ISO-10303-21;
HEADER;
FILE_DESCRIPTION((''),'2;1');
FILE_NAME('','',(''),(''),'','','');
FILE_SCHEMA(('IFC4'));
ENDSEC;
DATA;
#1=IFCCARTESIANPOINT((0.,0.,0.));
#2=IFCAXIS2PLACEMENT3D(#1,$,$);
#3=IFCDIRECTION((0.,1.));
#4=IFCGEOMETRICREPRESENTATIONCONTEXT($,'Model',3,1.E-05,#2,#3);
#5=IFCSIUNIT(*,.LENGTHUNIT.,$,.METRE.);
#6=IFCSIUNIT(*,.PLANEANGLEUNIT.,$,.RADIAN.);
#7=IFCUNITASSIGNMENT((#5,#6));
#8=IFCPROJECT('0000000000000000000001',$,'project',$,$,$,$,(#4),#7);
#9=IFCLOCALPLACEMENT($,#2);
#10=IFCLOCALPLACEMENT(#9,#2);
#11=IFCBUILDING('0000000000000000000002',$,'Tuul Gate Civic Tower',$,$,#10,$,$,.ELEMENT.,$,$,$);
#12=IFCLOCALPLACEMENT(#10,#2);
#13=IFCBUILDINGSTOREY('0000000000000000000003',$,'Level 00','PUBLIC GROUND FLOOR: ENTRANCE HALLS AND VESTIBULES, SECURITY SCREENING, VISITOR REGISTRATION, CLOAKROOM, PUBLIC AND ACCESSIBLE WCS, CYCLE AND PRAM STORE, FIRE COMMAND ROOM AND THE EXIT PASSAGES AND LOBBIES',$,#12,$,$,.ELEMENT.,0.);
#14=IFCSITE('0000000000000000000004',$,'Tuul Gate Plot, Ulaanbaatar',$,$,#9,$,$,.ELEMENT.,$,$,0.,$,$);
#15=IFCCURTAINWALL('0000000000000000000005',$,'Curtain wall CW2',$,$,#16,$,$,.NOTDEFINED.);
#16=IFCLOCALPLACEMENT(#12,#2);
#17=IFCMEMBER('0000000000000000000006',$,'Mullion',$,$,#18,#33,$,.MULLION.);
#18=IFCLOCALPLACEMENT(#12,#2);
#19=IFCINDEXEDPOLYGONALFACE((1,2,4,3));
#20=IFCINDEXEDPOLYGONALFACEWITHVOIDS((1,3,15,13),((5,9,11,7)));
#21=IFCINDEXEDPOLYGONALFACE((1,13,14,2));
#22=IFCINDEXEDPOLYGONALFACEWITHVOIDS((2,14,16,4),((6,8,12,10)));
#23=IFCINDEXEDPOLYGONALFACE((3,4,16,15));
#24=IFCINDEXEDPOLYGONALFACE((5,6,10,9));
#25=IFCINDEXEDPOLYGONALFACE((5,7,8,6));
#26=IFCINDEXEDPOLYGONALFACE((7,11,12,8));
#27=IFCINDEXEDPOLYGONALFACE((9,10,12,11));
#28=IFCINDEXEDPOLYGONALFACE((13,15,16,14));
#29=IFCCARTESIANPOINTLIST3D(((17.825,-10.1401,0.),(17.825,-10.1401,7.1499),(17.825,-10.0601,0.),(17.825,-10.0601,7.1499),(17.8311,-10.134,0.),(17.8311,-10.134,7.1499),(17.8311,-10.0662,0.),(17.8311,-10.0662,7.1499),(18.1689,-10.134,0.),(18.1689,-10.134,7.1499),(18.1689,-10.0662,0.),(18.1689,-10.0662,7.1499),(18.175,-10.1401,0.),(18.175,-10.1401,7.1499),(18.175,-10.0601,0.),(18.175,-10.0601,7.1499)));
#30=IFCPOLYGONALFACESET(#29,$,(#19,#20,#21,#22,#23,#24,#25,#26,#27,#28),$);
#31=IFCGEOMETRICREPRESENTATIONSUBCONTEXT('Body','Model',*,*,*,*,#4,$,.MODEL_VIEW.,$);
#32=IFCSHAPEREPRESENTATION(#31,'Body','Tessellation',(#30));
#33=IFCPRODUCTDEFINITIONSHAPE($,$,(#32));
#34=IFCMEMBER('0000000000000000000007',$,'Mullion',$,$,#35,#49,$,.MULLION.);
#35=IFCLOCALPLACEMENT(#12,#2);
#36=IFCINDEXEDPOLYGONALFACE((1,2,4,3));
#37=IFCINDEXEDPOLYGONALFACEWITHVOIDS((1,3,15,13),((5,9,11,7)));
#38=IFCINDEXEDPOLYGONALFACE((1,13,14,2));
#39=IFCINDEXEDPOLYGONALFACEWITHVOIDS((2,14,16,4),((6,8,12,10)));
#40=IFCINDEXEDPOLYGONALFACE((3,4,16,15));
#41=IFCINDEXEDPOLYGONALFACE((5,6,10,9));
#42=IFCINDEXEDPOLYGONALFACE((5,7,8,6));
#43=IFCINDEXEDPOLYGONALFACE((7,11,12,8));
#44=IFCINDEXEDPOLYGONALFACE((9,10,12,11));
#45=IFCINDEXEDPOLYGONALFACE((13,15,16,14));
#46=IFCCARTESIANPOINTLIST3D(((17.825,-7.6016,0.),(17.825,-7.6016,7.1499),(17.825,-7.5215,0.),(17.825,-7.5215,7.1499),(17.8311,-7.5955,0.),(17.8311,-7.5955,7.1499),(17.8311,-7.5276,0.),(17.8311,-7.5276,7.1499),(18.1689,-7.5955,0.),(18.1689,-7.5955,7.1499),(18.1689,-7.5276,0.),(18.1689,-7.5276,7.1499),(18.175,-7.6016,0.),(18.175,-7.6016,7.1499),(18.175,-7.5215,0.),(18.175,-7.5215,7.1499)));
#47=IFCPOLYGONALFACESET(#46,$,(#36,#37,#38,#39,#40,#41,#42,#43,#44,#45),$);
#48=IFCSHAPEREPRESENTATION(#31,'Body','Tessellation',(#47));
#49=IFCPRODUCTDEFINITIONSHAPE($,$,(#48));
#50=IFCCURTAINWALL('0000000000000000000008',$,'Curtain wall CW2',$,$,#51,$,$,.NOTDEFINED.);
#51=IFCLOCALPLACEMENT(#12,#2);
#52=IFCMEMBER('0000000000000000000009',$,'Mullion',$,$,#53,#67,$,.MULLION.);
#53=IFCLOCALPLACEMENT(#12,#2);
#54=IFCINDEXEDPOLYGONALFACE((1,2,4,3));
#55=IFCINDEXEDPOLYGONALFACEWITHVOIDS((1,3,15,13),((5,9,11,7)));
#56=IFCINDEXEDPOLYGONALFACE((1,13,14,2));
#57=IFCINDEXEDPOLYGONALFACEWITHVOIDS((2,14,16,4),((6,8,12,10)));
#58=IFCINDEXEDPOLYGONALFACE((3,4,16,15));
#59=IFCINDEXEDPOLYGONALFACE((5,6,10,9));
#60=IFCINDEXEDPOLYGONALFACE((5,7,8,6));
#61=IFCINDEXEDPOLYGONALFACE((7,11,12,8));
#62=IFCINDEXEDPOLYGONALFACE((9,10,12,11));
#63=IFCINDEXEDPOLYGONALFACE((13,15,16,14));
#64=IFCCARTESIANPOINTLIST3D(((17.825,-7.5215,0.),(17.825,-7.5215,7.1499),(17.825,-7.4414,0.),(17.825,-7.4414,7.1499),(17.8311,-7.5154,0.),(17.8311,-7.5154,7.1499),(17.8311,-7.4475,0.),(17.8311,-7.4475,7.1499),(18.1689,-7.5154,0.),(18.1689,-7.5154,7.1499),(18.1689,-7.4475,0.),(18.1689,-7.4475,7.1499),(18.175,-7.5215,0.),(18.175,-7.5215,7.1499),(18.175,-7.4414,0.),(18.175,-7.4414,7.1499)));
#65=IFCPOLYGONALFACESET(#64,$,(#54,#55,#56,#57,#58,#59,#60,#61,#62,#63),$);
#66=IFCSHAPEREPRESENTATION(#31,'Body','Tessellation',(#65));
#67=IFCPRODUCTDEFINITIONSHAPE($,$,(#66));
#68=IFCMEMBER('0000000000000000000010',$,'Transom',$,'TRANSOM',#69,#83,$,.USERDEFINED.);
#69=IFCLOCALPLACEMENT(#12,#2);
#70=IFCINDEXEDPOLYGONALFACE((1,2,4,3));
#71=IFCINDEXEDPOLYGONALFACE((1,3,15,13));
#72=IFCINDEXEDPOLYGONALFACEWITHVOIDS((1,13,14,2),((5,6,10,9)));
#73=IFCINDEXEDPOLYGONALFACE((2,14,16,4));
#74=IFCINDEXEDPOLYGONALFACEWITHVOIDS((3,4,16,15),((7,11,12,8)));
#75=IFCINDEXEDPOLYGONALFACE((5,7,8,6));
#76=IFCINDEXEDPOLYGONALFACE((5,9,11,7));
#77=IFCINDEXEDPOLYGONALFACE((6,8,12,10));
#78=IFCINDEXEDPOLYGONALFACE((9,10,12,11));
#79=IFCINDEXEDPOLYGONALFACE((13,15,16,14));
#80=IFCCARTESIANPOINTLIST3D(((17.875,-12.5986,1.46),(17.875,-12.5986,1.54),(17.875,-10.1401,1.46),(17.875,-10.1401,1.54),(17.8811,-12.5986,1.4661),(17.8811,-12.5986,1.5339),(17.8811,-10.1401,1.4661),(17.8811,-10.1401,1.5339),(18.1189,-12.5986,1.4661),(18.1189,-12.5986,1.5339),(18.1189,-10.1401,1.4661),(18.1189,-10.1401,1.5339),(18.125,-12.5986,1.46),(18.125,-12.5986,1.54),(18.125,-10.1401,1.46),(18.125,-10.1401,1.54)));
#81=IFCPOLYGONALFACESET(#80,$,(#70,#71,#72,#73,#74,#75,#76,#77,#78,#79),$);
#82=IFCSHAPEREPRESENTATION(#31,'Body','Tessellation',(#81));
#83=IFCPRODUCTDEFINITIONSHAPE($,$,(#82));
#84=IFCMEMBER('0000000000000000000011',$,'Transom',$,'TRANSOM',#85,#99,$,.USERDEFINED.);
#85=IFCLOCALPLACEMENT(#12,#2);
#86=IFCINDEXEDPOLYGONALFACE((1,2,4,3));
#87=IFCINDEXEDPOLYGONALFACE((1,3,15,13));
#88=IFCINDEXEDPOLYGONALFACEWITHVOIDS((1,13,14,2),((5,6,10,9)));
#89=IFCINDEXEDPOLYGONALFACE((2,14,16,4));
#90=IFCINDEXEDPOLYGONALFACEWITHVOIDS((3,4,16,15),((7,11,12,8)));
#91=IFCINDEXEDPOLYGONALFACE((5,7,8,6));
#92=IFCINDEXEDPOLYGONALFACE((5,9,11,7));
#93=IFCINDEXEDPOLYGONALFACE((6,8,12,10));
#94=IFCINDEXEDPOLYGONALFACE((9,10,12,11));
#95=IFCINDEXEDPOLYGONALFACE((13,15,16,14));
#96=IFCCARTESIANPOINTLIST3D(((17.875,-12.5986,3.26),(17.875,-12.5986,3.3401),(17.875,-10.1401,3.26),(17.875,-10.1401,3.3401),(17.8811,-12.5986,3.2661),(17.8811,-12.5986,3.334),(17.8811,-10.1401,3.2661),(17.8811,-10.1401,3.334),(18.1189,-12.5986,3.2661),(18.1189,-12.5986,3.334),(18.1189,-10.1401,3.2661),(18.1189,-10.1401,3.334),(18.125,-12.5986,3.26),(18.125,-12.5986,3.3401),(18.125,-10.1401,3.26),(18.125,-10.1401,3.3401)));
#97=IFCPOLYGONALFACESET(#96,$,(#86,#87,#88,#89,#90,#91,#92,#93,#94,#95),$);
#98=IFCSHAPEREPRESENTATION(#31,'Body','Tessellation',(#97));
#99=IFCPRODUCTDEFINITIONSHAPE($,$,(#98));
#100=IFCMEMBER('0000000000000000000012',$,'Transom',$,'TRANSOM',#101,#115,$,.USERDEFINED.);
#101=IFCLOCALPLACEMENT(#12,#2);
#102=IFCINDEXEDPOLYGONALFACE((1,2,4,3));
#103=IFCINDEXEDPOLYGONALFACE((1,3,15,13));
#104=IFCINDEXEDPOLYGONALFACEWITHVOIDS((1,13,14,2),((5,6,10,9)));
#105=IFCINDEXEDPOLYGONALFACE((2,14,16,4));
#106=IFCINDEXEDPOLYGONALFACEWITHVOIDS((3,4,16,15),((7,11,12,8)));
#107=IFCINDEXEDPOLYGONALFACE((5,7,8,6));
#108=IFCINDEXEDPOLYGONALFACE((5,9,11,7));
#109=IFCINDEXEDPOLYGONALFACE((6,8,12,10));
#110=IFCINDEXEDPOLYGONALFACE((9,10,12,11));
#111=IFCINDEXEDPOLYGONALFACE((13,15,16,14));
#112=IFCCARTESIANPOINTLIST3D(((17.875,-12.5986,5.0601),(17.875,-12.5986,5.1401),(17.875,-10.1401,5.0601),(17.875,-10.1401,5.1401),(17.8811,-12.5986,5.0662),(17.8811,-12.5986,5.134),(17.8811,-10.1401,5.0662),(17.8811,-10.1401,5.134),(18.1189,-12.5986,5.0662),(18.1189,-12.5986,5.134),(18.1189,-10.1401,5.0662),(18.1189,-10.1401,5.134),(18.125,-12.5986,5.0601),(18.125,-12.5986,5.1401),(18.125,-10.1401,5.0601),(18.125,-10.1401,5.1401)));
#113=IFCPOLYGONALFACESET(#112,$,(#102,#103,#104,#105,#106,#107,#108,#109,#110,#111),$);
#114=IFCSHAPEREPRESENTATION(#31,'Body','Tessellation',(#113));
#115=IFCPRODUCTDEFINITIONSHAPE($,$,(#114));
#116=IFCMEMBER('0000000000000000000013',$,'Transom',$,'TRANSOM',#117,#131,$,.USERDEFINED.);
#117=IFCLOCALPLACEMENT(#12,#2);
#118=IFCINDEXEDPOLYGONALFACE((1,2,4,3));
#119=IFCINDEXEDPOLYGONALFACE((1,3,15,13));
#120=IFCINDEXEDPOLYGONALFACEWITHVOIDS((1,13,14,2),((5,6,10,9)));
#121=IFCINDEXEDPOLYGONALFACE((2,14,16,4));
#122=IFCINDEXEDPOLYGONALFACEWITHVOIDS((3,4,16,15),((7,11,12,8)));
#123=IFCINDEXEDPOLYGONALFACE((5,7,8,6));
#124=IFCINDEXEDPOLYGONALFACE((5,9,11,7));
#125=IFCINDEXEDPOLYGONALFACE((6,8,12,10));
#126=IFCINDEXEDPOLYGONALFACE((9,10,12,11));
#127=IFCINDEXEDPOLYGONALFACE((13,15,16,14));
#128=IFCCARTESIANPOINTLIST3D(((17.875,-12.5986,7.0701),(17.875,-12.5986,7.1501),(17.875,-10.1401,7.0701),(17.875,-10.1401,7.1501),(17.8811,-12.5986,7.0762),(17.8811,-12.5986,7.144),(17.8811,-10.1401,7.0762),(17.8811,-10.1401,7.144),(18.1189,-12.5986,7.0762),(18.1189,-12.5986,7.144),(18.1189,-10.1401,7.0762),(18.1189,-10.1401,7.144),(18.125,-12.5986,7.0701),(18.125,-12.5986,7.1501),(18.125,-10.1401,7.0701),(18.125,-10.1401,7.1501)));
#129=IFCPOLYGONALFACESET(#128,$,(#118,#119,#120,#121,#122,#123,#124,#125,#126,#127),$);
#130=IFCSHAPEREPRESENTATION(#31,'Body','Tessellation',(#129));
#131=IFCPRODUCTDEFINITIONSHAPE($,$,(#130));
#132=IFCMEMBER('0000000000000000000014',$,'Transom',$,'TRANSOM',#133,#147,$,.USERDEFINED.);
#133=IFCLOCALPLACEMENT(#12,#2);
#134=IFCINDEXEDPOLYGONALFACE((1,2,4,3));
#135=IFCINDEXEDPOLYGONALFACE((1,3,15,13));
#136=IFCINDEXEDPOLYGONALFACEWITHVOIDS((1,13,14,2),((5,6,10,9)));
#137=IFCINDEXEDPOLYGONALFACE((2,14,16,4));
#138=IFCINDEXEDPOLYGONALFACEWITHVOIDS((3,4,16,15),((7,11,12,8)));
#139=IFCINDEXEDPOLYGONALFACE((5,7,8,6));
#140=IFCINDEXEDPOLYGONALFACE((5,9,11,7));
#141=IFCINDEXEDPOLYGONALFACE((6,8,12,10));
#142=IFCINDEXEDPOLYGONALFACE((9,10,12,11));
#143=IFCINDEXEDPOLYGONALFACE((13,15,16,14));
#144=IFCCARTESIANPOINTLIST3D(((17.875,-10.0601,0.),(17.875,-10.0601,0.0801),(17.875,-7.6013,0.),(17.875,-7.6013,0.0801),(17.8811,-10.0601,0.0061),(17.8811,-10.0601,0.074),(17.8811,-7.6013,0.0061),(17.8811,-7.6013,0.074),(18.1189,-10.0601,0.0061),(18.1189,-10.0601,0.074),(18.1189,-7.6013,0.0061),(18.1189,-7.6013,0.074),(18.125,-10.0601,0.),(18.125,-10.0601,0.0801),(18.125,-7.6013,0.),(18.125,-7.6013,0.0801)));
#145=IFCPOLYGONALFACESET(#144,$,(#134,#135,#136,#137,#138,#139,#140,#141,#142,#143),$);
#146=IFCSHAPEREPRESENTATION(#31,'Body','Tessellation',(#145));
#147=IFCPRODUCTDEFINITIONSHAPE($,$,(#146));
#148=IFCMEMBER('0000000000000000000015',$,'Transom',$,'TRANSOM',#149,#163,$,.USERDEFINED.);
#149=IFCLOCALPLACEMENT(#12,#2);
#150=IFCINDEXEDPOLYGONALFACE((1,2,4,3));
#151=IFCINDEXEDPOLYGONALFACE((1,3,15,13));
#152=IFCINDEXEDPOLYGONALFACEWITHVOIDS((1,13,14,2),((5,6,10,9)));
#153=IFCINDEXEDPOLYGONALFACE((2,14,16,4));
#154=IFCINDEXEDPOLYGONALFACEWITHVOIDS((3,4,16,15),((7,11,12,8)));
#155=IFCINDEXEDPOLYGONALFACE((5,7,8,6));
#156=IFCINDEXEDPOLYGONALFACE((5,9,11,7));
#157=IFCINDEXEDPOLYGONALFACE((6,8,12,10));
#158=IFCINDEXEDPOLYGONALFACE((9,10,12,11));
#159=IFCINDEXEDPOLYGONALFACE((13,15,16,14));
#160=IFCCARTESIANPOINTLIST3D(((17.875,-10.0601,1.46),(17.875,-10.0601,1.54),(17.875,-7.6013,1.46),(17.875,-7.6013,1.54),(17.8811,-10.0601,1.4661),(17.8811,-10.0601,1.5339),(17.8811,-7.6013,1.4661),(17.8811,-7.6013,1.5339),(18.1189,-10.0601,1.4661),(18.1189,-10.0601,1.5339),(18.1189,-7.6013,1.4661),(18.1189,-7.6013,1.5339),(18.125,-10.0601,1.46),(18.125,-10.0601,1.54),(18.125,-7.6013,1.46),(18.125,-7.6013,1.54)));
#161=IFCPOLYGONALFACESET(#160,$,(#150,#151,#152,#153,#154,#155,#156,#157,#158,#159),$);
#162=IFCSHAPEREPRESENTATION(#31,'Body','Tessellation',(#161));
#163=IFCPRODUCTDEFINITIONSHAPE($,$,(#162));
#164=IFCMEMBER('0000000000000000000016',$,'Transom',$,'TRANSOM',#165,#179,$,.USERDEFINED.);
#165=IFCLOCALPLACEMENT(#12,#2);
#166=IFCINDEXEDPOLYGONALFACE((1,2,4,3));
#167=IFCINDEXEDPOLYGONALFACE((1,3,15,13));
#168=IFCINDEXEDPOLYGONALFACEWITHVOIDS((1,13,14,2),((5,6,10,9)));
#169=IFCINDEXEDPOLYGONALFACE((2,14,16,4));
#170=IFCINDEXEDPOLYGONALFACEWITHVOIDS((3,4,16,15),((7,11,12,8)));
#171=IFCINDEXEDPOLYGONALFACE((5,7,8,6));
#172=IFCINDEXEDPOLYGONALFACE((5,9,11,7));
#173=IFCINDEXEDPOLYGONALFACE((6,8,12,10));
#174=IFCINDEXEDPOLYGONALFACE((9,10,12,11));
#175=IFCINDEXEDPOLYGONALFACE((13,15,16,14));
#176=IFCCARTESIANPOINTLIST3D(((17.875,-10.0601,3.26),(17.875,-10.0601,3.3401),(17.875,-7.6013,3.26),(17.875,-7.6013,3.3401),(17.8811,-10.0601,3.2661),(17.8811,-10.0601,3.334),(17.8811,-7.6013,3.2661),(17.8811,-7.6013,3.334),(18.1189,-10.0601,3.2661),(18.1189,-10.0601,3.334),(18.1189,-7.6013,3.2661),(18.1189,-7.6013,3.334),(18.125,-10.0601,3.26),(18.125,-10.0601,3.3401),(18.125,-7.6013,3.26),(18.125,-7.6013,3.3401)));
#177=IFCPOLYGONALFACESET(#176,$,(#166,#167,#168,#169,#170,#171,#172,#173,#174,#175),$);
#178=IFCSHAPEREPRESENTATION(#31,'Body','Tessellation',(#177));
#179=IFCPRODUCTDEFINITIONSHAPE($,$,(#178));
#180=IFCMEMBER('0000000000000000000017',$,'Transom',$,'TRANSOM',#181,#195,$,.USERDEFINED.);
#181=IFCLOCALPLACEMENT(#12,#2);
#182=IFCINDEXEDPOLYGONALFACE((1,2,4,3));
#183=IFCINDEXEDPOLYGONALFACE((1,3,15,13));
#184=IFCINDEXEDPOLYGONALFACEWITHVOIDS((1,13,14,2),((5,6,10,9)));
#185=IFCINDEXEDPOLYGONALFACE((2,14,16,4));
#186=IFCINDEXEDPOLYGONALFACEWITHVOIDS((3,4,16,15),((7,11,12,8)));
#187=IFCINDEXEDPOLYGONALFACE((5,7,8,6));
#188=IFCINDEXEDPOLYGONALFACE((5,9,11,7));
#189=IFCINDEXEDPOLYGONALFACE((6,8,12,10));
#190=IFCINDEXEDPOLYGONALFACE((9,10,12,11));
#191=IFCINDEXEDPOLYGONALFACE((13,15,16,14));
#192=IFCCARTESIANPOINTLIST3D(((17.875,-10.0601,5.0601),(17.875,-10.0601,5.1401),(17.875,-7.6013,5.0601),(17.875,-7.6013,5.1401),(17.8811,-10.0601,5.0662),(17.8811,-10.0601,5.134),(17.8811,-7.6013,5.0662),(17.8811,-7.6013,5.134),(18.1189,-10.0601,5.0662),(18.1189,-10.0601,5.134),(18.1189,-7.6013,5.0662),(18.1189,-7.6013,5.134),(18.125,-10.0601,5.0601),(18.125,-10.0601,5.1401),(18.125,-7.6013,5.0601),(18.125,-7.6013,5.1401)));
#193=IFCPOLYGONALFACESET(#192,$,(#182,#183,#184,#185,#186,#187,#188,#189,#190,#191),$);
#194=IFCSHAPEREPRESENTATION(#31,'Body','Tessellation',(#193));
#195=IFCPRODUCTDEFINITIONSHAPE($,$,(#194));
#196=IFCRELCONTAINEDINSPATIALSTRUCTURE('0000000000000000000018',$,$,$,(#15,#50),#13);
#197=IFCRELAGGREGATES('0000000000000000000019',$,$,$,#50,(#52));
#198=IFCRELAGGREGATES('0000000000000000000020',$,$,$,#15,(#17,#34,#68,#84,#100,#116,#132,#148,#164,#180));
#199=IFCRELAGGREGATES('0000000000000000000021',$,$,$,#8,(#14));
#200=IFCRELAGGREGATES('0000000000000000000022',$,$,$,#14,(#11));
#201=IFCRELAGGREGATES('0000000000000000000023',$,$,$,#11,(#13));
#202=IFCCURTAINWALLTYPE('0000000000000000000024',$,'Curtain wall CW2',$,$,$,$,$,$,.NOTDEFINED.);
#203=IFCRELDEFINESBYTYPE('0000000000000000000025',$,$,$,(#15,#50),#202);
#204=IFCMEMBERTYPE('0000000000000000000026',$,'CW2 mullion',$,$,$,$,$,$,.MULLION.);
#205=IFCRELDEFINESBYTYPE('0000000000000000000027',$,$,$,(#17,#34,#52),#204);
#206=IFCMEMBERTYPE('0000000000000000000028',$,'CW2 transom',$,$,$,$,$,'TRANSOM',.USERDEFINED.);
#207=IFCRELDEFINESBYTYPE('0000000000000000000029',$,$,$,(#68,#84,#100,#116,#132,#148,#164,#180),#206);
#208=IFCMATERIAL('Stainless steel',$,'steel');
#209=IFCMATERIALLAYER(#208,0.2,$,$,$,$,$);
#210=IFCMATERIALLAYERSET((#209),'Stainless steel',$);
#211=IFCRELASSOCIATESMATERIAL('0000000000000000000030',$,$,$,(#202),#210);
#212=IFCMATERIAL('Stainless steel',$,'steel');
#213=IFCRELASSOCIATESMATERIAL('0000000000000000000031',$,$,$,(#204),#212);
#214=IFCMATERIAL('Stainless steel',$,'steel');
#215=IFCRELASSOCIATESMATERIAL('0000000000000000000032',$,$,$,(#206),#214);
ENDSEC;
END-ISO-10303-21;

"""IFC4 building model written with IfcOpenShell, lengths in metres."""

from ifc_helpers import new_model, si_unit, direction, frame, origin, origin_2d, place, context, subcontext, project, spatial, hollow_rectangle, extrude, material, layer, layer_set, material_profile, profile_set, type_object, element, aggregate, save


model = new_model("IFC4")

# Units and contexts
model_context = context("Model", 3, precision=1e-05, world=origin(), true_north=direction((0.0, 1.0)))
body_context = subcontext(model_context, "Body", "Model", "MODEL_VIEW")
ifc_project = project(units=[si_unit("LENGTHUNIT", "METRE"), si_unit("PLANEANGLEUNIT", "RADIAN")], contexts=[model_context])

# Site, building, storey
site_placement = place(None, origin())
site = spatial("IfcSite", under=ifc_project, at=site_placement, Name="Tuul Gate Plot, Ulaanbaatar", CompositionType="ELEMENT", RefElevation=0.0)
building_placement = place(site_placement, origin())
building = spatial("IfcBuilding", under=site, at=building_placement, Name="Tuul Gate Civic Tower", CompositionType="ELEMENT")
storey_placement = place(building_placement, origin())
storey = spatial("IfcBuildingStorey", under=building, at=storey_placement, Name="Level 00", Description="PUBLIC GROUND FLOOR: ENTRANCE HALLS AND VESTIBULES, SECURITY SCREENING, VISITOR REGISTRATION, CLOAKROOM, PUBLIC AND ACCESSIBLE WCS, CYCLE AND PRAM STORE, FIRE COMMAND ROOM AND THE EXIT PASSAGES AND LOBBIES", CompositionType="ELEMENT", Elevation=0.0)

# Curtain wall, members
ifc_material_1 = material(Name="Stainless steel", Category="steel")
ifc_layer_1 = layer(ifc_material_1, 0.2)
ifc_layer_set_1 = layer_set([ifc_layer_1], Name="Stainless steel")
curtain_wall_type = type_object("IfcCurtainWallType", Name="Curtain wall CW2", PredefinedType="NOTDEFINED", material=ifc_layer_set_1)
curtain_wall_1_placement = place(storey_placement, origin())
curtain_wall_1 = element("IfcCurtainWall", 1, at=curtain_wall_1_placement, inside=storey, type_object=curtain_wall_type, Name="Curtain wall CW2", PredefinedType="NOTDEFINED")
ifc_material_2 = material(Name="Stainless steel", Category="steel")
ifc_material_profile_1 = material_profile(ifc_material_2, hollow_rectangle(XDim=0.3501, YDim=0.0801, WallThickness=0.0061, at=origin_2d()), Name="CW2 mullion")
ifc_profile_set_1 = profile_set([ifc_material_profile_1], Name="Stainless steel")
member_type_1 = type_object("IfcMemberType", Name="CW2 mullion", PredefinedType="MULLION", material=ifc_profile_set_1)
member_1_placement = place(storey_placement, frame((18.0, -10.1001, 0.0), z_axis=(0.0, 0.0, 1.0), x_axis=(-1.0, 0.0, 0.0)))
member_1 = element("IfcMember", 2, at=member_1_placement, type_object=member_type_1, Name="Mullion", PredefinedType="MULLION", context=body_context, shape_type="SweptSolid", body=[
    extrude(hollow_rectangle(XDim=0.3501, YDim=0.0801, WallThickness=0.0061, at=origin_2d()), origin(), (0.0, 0.0, 1.0), 7.1499),
])
member_2_placement = place(storey_placement, frame((18.0, -7.5615, 0.0), z_axis=(0.0, 0.0, 1.0), x_axis=(-1.0, 0.0, 0.0)))
member_2 = element("IfcMember", 3, at=member_2_placement, type_object=member_type_1, Name="Mullion", PredefinedType="MULLION", context=body_context, shape_type="SweptSolid", body=[
    extrude(hollow_rectangle(XDim=0.3501, YDim=0.0801, WallThickness=0.0061, at=origin_2d()), origin(), (0.0, 0.0, 1.0), 7.1499),
])

# Curtain wall, member
curtain_wall_2_placement = place(storey_placement, origin())
curtain_wall_2 = element("IfcCurtainWall", 4, at=curtain_wall_2_placement, inside=storey, type_object=curtain_wall_type, Name="Curtain wall CW2", PredefinedType="NOTDEFINED")
member_3_placement = place(storey_placement, frame((18.0, -7.4814, 0.0), z_axis=(0.0, 0.0, 1.0), x_axis=(-1.0, 0.0, 0.0)))
member_3 = element("IfcMember", 5, at=member_3_placement, type_object=member_type_1, Name="Mullion", PredefinedType="MULLION", context=body_context, shape_type="SweptSolid", body=[
    extrude(hollow_rectangle(XDim=0.3501, YDim=0.0801, WallThickness=0.0061, at=origin_2d()), origin(), (0.0, 0.0, 1.0), 7.1499),
])

# Members
ifc_material_3 = material(Name="Stainless steel", Category="steel")
ifc_material_profile_2 = material_profile(ifc_material_3, hollow_rectangle(XDim=0.25, YDim=0.0801, WallThickness=0.0061, at=origin_2d()), Name="CW2 transom")
ifc_profile_set_2 = profile_set([ifc_material_profile_2], Name="Stainless steel")
member_type_2 = type_object("IfcMemberType", Name="CW2 transom", ElementType="TRANSOM", PredefinedType="USERDEFINED", material=ifc_profile_set_2)
member_4_placement = place(storey_placement, frame((18.0, -12.5986, 1.5), z_axis=(0.0, 1.0, 0.0), x_axis=(-1.0, 0.0, 0.0)))
member_4 = element("IfcMember", 6, at=member_4_placement, type_object=member_type_2, Name="Transom", ObjectType="TRANSOM", PredefinedType="USERDEFINED", context=body_context, shape_type="SweptSolid", body=[
    extrude(hollow_rectangle(XDim=0.25, YDim=0.0801, WallThickness=0.0061, at=origin_2d()), origin(), (0.0, 0.0, 1.0), 2.4585),
])
member_5_placement = place(storey_placement, frame((18.0, -12.5986, 3.3), z_axis=(0.0, 1.0, 0.0), x_axis=(-1.0, 0.0, 0.0)))
member_5 = element("IfcMember", 7, at=member_5_placement, type_object=member_type_2, Name="Transom", ObjectType="TRANSOM", PredefinedType="USERDEFINED", context=body_context, shape_type="SweptSolid", body=[
    extrude(hollow_rectangle(XDim=0.25, YDim=0.0801, WallThickness=0.0061, at=origin_2d()), origin(), (0.0, 0.0, 1.0), 2.4585),
])
member_6_placement = place(storey_placement, frame((18.0, -12.5986, 5.1001), z_axis=(0.0, 1.0, 0.0), x_axis=(-1.0, 0.0, 0.0)))
member_6 = element("IfcMember", 8, at=member_6_placement, type_object=member_type_2, Name="Transom", ObjectType="TRANSOM", PredefinedType="USERDEFINED", context=body_context, shape_type="SweptSolid", body=[
    extrude(hollow_rectangle(XDim=0.25, YDim=0.0801, WallThickness=0.0061, at=origin_2d()), origin(), (0.0, 0.0, 1.0), 2.4585),
])
member_7_placement = place(storey_placement, frame((18.0, -12.5986, 7.1101), z_axis=(0.0, 1.0, 0.0), x_axis=(-1.0, 0.0, 0.0)))
member_7 = element("IfcMember", 9, at=member_7_placement, type_object=member_type_2, Name="Transom", ObjectType="TRANSOM", PredefinedType="USERDEFINED", context=body_context, shape_type="SweptSolid", body=[
    extrude(hollow_rectangle(XDim=0.25, YDim=0.0801, WallThickness=0.0061, at=origin_2d()), origin(), (0.0, 0.0, 1.0), 2.4585),
])
member_8_placement = place(storey_placement, frame((18.0, -10.0601, 0.04), z_axis=(0.0, 1.0, 0.0), x_axis=(-1.0, 0.0, 0.0)))
member_8 = element("IfcMember", 10, at=member_8_placement, type_object=member_type_2, Name="Transom", ObjectType="TRANSOM", PredefinedType="USERDEFINED", context=body_context, shape_type="SweptSolid", body=[
    extrude(hollow_rectangle(XDim=0.25, YDim=0.0801, WallThickness=0.0061, at=origin_2d()), origin(), (0.0, 0.0, 1.0), 2.4587),
])
member_9_placement = place(storey_placement, frame((18.0, -10.0601, 1.5), z_axis=(0.0, 1.0, 0.0), x_axis=(-1.0, 0.0, 0.0)))
member_9 = element("IfcMember", 11, at=member_9_placement, type_object=member_type_2, Name="Transom", ObjectType="TRANSOM", PredefinedType="USERDEFINED", context=body_context, shape_type="SweptSolid", body=[
    extrude(hollow_rectangle(XDim=0.25, YDim=0.0801, WallThickness=0.0061, at=origin_2d()), origin(), (0.0, 0.0, 1.0), 2.4587),
])
member_10_placement = place(storey_placement, frame((18.0, -10.0601, 3.3), z_axis=(0.0, 1.0, 0.0), x_axis=(-1.0, 0.0, 0.0)))
member_10 = element("IfcMember", 12, at=member_10_placement, type_object=member_type_2, Name="Transom", ObjectType="TRANSOM", PredefinedType="USERDEFINED", context=body_context, shape_type="SweptSolid", body=[
    extrude(hollow_rectangle(XDim=0.25, YDim=0.0801, WallThickness=0.0061, at=origin_2d()), origin(), (0.0, 0.0, 1.0), 2.4587),
])
member_11_placement = place(storey_placement, frame((18.0, -10.0601, 5.1001), z_axis=(0.0, 1.0, 0.0), x_axis=(-1.0, 0.0, 0.0)))
member_11 = element("IfcMember", 13, at=member_11_placement, type_object=member_type_2, Name="Transom", ObjectType="TRANSOM", PredefinedType="USERDEFINED", context=body_context, shape_type="SweptSolid", body=[
    extrude(hollow_rectangle(XDim=0.25, YDim=0.0801, WallThickness=0.0061, at=origin_2d()), origin(), (0.0, 0.0, 1.0), 2.4587),
])
aggregate(curtain_wall_2, [member_3])

aggregate(curtain_wall_1, [member_1, member_2, member_4, member_5, member_6, member_7, member_8, member_9, member_10, member_11])

save(model, "model.ifc")
